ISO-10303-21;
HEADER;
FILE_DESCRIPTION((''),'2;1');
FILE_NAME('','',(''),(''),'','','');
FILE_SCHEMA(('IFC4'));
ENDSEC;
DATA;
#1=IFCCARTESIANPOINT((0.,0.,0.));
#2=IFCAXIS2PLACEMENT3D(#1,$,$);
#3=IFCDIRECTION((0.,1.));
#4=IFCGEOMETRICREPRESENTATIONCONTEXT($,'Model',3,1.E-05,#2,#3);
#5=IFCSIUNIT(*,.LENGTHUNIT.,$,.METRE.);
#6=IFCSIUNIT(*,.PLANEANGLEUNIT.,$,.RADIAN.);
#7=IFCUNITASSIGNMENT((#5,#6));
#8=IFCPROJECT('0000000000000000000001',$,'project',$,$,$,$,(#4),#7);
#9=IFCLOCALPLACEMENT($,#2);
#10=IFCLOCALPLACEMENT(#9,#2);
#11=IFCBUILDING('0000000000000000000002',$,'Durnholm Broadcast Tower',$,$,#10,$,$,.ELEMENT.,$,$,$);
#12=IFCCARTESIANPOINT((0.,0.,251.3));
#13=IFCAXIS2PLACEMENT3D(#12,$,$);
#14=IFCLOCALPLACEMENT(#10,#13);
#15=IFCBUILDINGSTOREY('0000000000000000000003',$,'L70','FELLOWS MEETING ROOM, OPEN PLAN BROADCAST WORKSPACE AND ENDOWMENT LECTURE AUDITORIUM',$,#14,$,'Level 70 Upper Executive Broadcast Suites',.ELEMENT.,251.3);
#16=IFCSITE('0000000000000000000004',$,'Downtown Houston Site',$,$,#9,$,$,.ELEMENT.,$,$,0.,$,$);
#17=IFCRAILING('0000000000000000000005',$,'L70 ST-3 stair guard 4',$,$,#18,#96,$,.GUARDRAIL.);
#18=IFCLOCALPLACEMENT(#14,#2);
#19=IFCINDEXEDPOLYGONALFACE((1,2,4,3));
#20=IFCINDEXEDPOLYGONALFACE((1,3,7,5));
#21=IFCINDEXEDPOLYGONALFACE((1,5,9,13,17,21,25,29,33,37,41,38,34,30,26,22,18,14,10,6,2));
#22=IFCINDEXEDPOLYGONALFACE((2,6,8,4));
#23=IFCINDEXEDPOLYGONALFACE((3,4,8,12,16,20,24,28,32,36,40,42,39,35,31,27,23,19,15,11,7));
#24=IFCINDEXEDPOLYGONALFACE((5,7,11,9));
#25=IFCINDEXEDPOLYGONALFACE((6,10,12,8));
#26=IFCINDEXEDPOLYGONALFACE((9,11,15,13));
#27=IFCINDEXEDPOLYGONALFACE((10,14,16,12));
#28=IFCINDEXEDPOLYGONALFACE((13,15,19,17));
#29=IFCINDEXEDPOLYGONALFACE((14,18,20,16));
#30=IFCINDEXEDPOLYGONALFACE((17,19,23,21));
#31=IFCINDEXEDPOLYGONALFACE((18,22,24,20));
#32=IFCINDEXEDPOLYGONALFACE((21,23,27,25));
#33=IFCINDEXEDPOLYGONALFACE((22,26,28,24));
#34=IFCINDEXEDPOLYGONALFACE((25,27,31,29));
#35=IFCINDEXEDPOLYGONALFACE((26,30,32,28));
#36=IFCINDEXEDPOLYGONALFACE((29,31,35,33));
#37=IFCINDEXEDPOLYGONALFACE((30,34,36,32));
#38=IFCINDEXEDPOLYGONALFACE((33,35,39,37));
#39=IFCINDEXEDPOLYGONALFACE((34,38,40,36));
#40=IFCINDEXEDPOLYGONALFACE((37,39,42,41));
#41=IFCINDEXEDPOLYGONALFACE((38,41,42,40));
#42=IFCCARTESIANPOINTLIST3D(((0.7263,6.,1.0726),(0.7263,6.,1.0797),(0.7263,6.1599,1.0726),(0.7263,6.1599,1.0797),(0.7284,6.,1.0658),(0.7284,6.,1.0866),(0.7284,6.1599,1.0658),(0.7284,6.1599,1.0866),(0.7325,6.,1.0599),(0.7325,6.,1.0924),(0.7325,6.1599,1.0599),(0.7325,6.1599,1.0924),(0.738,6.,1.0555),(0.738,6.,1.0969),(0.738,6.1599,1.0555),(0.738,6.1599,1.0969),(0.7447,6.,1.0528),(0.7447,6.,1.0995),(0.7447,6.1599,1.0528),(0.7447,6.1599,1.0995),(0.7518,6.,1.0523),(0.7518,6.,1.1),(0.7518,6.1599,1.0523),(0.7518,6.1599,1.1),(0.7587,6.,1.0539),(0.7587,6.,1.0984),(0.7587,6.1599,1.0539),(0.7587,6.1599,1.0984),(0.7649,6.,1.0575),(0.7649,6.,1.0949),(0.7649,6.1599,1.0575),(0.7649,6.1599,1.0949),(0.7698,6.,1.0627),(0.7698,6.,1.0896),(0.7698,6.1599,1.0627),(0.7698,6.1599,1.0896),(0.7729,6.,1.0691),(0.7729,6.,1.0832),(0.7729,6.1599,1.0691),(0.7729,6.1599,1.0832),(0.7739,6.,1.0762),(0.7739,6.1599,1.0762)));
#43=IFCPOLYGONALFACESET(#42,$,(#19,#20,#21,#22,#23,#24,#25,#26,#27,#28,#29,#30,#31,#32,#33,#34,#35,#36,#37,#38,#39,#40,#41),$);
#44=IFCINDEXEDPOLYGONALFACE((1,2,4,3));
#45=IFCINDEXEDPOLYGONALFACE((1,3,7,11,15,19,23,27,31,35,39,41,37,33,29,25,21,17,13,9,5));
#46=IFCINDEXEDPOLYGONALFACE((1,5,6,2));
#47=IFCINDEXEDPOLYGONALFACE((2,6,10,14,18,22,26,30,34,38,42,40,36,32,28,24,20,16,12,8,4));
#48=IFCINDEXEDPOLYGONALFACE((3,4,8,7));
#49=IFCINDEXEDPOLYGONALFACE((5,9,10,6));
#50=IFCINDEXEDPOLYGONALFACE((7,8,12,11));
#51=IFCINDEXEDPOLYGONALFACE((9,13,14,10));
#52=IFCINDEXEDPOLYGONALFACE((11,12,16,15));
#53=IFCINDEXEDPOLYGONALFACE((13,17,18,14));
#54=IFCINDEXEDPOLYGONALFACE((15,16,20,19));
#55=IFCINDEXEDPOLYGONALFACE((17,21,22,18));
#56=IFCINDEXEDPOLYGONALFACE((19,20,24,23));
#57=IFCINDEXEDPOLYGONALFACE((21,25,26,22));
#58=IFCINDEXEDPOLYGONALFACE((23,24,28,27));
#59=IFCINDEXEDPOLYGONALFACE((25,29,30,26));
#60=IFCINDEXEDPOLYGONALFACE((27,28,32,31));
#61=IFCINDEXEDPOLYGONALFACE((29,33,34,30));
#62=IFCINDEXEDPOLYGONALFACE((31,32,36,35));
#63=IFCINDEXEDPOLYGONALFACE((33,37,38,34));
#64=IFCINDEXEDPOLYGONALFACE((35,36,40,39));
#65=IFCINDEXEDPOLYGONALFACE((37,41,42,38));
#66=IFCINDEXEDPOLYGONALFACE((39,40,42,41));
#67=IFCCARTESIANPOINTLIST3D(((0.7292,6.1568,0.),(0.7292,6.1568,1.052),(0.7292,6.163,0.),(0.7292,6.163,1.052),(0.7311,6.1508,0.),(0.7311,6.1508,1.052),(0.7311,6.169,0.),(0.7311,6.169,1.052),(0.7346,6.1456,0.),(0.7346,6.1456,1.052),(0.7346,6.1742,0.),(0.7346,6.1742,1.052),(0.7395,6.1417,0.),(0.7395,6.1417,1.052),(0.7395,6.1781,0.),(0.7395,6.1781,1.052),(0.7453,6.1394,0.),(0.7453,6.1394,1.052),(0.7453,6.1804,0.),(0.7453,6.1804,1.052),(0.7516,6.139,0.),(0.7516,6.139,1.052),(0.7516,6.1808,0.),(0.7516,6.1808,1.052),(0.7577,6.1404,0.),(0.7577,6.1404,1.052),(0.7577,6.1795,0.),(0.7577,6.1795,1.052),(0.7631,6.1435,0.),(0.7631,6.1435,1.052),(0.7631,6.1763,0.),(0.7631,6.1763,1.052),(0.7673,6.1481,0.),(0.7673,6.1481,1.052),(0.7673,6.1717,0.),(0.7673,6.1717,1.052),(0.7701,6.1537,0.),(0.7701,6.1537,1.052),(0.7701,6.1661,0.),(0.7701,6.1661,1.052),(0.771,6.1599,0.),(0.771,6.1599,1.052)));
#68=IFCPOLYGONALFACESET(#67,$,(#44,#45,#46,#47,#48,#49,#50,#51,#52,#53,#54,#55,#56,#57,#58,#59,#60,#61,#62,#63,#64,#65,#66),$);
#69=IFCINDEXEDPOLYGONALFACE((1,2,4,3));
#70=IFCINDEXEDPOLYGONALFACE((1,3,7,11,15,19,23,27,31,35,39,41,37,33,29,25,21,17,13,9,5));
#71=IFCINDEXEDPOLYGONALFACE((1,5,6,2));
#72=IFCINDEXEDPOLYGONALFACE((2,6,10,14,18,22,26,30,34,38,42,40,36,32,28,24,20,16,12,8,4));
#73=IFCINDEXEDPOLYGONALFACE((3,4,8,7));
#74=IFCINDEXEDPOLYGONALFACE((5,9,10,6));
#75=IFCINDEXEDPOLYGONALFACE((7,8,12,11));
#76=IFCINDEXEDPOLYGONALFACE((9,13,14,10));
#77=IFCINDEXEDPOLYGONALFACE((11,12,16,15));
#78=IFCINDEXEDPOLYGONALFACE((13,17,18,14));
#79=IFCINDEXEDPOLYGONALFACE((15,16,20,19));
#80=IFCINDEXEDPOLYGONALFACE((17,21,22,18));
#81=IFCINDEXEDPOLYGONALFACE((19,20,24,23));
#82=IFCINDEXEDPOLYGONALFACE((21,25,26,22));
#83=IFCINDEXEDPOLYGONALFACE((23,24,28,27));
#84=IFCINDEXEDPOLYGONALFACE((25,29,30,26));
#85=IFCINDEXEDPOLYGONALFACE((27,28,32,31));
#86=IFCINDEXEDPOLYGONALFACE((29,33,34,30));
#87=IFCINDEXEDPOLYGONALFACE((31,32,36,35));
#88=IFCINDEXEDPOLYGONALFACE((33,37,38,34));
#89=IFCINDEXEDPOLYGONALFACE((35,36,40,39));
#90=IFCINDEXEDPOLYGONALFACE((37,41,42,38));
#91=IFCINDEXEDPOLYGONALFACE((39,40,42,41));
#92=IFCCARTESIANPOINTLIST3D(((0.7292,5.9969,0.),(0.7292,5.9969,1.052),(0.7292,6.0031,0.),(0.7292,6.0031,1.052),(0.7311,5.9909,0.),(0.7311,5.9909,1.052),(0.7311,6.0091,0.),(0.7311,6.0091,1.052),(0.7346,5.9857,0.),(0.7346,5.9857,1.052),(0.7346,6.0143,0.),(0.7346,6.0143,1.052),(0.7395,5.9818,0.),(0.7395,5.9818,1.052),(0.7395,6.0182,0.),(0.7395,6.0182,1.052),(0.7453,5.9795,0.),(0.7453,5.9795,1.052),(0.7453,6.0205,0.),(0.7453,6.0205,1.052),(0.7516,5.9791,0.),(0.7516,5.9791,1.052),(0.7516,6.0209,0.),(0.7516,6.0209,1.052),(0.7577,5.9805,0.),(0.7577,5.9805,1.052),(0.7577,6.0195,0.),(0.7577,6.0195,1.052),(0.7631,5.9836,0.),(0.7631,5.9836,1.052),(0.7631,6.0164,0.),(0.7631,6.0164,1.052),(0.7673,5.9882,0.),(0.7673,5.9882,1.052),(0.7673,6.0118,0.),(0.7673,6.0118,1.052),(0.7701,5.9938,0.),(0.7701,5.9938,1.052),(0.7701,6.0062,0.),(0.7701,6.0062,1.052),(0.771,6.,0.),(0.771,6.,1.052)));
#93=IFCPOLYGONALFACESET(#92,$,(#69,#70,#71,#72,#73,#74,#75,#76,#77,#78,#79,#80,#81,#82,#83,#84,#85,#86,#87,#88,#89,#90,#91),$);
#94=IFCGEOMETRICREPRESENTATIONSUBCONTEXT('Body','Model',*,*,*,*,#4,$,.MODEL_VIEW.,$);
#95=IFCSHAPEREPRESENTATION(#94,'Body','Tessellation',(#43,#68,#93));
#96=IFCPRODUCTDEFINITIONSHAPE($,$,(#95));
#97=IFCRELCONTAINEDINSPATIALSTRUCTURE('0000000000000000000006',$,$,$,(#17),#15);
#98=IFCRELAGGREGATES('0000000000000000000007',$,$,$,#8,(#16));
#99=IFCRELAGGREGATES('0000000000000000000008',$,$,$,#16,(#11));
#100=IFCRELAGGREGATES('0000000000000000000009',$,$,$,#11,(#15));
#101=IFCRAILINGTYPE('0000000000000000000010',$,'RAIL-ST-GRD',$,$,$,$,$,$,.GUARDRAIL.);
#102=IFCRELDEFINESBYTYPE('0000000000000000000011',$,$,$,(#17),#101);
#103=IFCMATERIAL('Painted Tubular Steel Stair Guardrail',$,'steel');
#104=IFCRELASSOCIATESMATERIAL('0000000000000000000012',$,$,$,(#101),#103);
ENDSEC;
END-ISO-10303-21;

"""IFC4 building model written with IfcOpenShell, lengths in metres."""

from ifc_helpers import new_model, si_unit, direction, frame, origin, origin_2d, place, context, subcontext, project, spatial, circle, extrude, material, type_object, element, save


model = new_model("IFC4")

# Units and contexts
model_context = context("Model", 3, precision=1e-05, world=origin(), true_north=direction((0.0, 1.0)))
body_context = subcontext(model_context, "Body", "Model", "MODEL_VIEW")
ifc_project = project(units=[si_unit("LENGTHUNIT", "METRE"), si_unit("PLANEANGLEUNIT", "RADIAN")], contexts=[model_context])

# Site, building, storey
site_placement = place(None, origin())
site = spatial("IfcSite", under=ifc_project, at=site_placement, Name="Downtown Houston Site", CompositionType="ELEMENT", RefElevation=0.0)
building_placement = place(site_placement, origin())
building = spatial("IfcBuilding", under=site, at=building_placement, Name="Durnholm Broadcast Tower", CompositionType="ELEMENT")
storey_placement = place(building_placement, frame((0.0, 0.0, 251.3)))
storey = spatial("IfcBuildingStorey", under=building, at=storey_placement, Name="L70", Description="FELLOWS MEETING ROOM, OPEN PLAN BROADCAST WORKSPACE AND ENDOWMENT LECTURE AUDITORIUM", LongName="Level 70 Upper Executive Broadcast Suites", CompositionType="ELEMENT", Elevation=251.3)

# Railing
ifc_material_1 = material(Name="Painted Tubular Steel Stair Guardrail", Category="steel")
railing_type = type_object("IfcRailingType", Name="RAIL-ST-GRD", PredefinedType="GUARDRAIL", material=ifc_material_1)
railing_1_placement = place(storey_placement, frame((0.75, 6.1599, 0.0)))
element("IfcRailing", 1, at=railing_1_placement, inside=storey, type_object=railing_type, Name="L70 ST-3 stair guard 4", PredefinedType="GUARDRAIL", context=body_context, shape_type="SweptSolid", body=[
    extrude(circle(Radius=0.0239, at=origin_2d()), frame((0.0, 0.0, 1.0762), z_axis=(0.0, -1.0, 0.0), x_axis=(1.0, 0.0, 0.0)), (0.0, 0.0, 1.0), 0.1599),
    extrude(circle(Radius=0.021, at=origin_2d()), origin(), (0.0, 0.0, 1.0), 1.052),
    extrude(circle(Radius=0.021, at=origin_2d()), frame((0.0, -0.1599, 0.0)), (0.0, 0.0, 1.0), 1.052),
])

save(model, "model.ifc")
